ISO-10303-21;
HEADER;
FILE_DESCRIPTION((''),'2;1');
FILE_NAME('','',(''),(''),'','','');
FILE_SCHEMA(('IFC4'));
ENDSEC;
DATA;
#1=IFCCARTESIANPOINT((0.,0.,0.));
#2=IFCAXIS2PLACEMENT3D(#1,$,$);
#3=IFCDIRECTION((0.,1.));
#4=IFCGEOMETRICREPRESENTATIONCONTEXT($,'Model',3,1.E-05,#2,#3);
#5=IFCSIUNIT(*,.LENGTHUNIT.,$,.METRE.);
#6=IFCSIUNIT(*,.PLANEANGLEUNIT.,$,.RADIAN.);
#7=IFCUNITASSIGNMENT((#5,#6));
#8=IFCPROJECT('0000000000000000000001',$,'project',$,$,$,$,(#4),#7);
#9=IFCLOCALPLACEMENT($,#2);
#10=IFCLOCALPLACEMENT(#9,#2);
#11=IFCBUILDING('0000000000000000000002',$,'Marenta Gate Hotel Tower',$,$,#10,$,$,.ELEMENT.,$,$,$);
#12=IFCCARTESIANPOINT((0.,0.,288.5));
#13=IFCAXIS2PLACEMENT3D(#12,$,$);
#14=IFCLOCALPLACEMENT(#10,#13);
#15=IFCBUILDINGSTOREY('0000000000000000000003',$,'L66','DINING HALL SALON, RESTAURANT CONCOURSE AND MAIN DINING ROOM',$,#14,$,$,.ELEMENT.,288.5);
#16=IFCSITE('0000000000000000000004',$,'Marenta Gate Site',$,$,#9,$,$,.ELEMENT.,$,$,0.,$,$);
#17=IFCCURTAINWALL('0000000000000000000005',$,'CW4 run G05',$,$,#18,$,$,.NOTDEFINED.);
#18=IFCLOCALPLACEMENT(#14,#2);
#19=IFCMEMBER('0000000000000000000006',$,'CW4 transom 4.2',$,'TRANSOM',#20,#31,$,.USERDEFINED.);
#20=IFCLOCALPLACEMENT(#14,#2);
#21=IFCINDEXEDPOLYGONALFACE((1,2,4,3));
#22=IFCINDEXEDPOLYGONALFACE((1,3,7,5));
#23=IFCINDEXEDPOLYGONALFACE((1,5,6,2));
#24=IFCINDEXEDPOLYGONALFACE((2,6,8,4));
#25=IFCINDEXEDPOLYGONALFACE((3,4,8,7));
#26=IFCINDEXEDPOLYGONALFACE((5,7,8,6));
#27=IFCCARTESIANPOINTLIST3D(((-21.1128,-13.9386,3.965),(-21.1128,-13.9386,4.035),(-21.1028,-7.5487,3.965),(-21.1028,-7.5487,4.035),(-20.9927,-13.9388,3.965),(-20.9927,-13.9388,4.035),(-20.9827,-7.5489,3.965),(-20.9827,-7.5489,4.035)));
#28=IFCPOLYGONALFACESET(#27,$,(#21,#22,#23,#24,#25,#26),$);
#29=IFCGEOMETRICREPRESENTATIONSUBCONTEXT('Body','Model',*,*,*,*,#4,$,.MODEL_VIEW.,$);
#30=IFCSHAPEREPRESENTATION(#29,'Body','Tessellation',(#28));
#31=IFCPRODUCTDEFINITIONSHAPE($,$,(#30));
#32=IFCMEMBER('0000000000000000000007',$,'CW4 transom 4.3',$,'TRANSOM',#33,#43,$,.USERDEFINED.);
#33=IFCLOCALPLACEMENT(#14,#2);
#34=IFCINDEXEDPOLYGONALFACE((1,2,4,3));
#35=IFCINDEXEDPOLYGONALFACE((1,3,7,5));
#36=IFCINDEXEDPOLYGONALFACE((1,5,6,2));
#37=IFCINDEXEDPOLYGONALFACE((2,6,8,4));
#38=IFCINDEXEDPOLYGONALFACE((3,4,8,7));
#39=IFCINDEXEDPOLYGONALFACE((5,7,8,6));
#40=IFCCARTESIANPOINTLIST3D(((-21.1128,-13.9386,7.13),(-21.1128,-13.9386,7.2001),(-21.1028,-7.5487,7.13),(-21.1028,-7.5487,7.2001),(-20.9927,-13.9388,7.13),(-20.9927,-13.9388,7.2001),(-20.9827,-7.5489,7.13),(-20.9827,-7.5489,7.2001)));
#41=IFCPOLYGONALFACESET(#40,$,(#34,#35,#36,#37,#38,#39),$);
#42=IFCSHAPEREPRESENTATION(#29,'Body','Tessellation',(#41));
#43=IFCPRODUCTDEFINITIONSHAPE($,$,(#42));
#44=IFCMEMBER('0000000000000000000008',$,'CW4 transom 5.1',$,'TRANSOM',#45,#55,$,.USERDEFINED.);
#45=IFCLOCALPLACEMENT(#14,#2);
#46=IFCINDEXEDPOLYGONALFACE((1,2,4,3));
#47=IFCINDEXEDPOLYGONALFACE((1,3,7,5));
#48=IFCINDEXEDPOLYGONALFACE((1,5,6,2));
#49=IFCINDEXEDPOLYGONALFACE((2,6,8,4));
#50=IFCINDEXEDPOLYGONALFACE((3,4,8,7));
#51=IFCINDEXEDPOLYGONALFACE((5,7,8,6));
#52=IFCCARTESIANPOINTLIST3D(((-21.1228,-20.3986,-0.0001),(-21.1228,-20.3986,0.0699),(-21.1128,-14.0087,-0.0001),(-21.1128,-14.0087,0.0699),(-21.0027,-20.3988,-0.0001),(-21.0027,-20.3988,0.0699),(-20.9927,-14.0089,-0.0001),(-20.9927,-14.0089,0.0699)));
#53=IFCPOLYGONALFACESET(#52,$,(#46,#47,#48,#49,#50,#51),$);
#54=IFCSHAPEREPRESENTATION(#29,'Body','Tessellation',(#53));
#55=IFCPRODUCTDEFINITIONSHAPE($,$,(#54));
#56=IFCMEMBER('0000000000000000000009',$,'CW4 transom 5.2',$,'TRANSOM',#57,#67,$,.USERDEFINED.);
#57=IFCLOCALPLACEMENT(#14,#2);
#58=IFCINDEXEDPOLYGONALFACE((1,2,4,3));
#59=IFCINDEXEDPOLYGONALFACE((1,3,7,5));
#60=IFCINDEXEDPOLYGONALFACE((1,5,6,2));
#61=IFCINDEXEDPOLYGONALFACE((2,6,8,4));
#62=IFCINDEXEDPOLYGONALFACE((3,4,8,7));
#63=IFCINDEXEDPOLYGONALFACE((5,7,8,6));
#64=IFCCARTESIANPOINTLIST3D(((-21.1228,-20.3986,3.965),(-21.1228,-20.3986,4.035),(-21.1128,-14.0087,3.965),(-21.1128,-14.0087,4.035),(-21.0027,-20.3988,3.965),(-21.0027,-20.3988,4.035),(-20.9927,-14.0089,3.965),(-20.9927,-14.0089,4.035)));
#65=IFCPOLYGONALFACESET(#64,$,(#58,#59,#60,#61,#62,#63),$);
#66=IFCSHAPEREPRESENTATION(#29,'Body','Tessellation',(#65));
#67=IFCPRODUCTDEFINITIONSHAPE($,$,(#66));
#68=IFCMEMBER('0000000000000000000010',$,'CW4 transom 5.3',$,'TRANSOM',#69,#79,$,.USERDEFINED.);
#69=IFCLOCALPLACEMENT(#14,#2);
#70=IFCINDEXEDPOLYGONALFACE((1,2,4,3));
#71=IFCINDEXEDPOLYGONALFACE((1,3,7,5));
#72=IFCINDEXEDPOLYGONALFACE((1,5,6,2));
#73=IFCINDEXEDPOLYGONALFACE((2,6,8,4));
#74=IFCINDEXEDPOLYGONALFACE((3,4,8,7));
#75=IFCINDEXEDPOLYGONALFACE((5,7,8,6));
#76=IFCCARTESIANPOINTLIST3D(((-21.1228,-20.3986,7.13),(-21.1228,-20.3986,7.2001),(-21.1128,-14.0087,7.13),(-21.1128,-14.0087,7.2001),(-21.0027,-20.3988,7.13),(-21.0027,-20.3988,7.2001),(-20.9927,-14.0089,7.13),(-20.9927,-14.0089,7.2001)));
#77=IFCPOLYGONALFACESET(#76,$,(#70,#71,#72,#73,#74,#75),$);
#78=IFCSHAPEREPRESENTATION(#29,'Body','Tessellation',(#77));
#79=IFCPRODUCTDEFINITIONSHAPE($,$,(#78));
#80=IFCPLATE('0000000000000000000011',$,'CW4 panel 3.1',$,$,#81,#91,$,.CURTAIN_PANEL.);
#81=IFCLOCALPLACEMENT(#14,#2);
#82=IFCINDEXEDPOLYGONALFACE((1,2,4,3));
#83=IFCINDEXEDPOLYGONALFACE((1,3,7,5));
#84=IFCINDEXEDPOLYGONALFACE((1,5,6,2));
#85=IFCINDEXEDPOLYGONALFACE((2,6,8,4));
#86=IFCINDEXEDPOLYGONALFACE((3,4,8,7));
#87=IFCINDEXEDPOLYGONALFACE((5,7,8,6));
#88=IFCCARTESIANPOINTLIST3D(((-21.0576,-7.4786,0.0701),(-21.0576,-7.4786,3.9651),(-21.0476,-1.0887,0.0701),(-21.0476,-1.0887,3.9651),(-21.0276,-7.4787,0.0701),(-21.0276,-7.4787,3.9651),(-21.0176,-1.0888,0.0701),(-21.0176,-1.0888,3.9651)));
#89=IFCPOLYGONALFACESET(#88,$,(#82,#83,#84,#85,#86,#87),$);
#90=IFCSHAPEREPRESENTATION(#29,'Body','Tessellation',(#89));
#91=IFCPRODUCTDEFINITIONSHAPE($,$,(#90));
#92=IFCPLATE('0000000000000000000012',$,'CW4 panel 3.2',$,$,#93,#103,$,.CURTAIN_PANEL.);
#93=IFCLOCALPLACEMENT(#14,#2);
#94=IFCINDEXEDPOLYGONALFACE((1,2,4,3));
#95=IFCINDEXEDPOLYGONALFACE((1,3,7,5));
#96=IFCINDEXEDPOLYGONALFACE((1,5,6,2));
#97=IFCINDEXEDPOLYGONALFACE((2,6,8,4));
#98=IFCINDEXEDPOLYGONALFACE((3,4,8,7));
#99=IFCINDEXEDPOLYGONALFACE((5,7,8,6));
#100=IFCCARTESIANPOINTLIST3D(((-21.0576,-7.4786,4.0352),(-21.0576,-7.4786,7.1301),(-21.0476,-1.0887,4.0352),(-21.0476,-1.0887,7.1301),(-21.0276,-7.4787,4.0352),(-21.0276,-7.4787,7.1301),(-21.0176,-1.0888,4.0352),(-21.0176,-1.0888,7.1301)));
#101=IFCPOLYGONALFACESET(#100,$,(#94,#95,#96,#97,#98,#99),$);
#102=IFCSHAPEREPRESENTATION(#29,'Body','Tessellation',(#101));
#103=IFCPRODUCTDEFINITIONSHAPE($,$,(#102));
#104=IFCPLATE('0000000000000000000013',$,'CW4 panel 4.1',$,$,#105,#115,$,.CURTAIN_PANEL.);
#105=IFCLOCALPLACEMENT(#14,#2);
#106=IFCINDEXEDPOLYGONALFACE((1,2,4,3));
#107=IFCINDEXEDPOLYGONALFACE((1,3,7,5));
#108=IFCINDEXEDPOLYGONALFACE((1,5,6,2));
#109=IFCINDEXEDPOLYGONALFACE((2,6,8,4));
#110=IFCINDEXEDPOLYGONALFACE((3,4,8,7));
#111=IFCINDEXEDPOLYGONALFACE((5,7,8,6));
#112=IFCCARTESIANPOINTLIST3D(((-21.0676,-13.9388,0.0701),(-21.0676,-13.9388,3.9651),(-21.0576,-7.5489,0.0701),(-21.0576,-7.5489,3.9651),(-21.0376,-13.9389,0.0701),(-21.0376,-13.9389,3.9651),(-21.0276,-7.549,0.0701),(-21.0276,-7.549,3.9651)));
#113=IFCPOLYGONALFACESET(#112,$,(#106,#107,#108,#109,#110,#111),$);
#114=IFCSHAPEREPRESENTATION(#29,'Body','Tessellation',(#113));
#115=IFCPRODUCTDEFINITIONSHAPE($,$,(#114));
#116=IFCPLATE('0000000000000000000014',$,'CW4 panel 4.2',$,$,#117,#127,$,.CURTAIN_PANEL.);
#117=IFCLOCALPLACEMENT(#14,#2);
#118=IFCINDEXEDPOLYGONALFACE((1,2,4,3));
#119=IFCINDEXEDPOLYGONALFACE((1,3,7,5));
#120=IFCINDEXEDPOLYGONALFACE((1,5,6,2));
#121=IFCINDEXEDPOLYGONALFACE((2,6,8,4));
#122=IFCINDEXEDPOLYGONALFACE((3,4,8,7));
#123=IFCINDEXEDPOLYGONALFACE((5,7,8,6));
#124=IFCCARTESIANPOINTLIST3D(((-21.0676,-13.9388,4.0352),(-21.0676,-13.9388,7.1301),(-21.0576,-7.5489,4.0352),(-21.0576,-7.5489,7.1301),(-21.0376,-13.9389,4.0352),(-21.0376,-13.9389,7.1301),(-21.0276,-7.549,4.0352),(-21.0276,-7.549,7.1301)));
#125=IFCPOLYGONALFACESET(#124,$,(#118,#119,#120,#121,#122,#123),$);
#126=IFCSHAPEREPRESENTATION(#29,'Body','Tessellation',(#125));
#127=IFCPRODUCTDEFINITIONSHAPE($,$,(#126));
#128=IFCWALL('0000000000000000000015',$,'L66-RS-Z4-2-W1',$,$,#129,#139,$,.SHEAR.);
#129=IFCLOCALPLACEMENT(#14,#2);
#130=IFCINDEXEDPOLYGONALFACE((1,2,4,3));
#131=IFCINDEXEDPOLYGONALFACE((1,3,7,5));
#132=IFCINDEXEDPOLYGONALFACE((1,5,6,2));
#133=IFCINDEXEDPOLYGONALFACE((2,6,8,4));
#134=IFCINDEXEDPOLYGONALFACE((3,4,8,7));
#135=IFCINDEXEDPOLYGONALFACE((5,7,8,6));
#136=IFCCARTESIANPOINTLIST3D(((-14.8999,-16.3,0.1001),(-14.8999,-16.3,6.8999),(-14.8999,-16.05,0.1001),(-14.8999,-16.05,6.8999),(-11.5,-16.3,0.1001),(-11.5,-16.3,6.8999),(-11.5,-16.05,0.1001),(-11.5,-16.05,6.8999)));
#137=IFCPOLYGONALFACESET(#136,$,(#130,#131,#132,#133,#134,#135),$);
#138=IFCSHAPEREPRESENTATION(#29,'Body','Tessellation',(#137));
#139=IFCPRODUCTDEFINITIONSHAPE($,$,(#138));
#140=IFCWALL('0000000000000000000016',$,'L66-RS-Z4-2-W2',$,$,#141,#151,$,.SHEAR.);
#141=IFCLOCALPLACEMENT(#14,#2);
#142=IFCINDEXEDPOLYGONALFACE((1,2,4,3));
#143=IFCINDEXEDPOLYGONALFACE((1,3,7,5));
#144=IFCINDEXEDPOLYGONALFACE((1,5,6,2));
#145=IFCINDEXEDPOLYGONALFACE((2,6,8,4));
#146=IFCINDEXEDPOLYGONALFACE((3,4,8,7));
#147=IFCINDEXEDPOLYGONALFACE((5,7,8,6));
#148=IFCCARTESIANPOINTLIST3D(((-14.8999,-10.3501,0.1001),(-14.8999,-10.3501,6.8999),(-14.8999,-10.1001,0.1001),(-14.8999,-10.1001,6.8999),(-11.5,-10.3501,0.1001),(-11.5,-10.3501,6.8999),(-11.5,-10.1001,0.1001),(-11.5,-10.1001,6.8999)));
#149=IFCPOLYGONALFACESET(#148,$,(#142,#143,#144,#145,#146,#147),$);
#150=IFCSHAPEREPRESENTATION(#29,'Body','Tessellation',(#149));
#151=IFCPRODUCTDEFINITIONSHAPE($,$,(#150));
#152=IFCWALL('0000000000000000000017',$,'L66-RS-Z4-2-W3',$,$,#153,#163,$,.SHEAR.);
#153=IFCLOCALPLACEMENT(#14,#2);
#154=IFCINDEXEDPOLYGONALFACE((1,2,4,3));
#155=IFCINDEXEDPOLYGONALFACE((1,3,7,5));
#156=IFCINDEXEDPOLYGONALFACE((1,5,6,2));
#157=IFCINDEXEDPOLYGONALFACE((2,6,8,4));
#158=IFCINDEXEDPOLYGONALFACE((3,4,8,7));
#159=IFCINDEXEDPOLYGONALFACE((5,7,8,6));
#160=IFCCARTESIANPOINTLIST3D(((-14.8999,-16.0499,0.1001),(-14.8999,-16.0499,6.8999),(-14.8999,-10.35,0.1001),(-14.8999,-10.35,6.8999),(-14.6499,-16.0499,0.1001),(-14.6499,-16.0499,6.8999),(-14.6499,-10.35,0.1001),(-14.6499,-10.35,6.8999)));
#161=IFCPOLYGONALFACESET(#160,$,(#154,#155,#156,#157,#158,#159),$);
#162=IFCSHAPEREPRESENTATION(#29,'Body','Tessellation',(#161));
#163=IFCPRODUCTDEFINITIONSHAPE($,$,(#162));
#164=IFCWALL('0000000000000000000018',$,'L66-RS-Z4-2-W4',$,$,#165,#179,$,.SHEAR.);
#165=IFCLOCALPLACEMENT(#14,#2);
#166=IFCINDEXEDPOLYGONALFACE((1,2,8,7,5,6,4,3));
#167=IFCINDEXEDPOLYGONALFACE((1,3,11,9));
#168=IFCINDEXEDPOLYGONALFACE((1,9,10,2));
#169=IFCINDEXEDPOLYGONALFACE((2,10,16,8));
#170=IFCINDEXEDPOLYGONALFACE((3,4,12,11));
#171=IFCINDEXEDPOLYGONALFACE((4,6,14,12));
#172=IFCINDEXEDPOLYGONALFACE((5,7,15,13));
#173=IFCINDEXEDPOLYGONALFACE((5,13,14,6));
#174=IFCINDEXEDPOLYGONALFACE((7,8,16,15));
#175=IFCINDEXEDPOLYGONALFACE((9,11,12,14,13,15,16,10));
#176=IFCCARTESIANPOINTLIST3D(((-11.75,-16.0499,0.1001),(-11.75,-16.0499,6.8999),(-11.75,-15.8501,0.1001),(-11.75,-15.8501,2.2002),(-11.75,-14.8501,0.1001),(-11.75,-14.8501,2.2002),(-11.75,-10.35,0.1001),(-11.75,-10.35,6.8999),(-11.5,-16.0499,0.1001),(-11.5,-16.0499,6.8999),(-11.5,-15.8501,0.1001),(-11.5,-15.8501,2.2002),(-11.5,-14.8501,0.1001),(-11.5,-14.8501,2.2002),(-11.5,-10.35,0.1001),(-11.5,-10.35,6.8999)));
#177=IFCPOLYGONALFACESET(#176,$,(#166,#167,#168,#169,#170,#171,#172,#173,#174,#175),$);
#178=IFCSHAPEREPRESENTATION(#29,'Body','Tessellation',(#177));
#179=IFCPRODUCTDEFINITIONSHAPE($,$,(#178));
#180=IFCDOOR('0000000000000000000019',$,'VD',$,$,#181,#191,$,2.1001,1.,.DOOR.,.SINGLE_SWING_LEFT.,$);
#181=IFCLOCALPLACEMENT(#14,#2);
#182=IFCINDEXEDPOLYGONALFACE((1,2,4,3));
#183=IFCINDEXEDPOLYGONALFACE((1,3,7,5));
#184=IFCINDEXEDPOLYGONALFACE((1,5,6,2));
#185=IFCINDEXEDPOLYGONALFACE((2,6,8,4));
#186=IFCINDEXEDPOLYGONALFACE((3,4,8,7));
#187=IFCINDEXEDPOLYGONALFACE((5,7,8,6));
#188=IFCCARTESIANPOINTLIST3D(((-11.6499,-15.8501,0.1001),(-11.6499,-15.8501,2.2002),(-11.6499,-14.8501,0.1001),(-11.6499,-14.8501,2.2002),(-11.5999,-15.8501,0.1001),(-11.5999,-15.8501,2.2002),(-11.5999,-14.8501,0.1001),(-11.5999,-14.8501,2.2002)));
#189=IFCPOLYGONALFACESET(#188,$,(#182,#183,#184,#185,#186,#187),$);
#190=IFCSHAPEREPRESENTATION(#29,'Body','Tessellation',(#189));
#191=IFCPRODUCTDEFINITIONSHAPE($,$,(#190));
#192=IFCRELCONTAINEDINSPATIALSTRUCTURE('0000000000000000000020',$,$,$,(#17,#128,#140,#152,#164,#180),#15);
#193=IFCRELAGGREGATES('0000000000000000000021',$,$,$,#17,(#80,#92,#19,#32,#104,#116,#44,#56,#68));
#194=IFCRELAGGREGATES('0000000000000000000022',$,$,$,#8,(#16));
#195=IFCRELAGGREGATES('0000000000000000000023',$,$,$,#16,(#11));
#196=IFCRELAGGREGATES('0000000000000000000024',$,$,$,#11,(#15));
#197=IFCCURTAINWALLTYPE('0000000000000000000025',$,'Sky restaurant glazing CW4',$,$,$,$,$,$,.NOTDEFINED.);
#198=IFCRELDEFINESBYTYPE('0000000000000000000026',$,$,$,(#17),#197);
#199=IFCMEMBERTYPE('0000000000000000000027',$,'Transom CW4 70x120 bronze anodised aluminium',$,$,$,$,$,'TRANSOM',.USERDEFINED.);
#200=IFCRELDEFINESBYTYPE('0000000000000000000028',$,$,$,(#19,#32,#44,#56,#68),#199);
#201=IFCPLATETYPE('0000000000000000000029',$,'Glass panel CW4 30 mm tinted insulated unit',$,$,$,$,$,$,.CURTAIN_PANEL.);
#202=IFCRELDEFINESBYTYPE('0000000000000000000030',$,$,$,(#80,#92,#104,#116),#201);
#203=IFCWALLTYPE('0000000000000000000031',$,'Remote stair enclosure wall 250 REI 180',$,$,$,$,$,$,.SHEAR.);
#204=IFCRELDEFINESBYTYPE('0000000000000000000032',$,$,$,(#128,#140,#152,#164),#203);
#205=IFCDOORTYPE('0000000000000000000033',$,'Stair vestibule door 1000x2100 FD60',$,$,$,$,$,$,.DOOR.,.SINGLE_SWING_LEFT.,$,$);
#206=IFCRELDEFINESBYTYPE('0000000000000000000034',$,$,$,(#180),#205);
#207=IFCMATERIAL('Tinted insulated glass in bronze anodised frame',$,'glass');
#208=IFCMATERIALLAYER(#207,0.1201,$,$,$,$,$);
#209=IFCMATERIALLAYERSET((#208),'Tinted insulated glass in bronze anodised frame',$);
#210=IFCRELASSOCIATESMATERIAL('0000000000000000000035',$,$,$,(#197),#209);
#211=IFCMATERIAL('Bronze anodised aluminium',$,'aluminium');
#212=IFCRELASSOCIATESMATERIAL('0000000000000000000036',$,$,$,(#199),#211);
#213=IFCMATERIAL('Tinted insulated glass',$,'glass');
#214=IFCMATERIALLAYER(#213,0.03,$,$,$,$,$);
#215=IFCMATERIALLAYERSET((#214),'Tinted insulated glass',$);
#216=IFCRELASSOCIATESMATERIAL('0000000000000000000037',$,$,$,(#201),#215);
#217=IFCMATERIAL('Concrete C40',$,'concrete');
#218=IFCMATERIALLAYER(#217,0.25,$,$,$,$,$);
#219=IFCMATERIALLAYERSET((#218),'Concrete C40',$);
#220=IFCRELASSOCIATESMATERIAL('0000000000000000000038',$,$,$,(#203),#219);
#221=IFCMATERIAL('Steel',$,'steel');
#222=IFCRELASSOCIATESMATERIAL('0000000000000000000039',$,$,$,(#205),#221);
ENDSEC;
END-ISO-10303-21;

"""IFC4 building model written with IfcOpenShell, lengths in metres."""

from ifc_helpers import new_model, si_unit, direction, frame, frame_2d, origin, origin_2d, place, context, subcontext, project, spatial, rectangle, extrude, material, layer, layer_set, material_profile, profile_set, type_object, element, fill, aggregate, save


model = new_model("IFC4")

# Units and contexts
model_context = context("Model", 3, precision=1e-05, world=origin(), true_north=direction((0.0, 1.0)))
body_context = subcontext(model_context, "Body", "Model", "MODEL_VIEW")
ifc_project = project(units=[si_unit("LENGTHUNIT", "METRE"), si_unit("PLANEANGLEUNIT", "RADIAN")], contexts=[model_context])

# Site, building, storey
site_placement = place(None, origin())
site = spatial("IfcSite", under=ifc_project, at=site_placement, Name="Marenta Gate Site", CompositionType="ELEMENT", RefElevation=0.0)
building_placement = place(site_placement, origin())
building = spatial("IfcBuilding", under=site, at=building_placement, Name="Marenta Gate Hotel Tower", CompositionType="ELEMENT")
storey_placement = place(building_placement, frame((0.0, 0.0, 288.5)))
storey = spatial("IfcBuildingStorey", under=building, at=storey_placement, Name="L66", Description="DINING HALL SALON, RESTAURANT CONCOURSE AND MAIN DINING ROOM", CompositionType="ELEMENT", Elevation=288.5)

# Curtain wall, members, plates
ifc_material_1 = material(Name="Tinted insulated glass in bronze anodised frame", Category="glass")
ifc_layer_1 = layer(ifc_material_1, 0.1201)
ifc_layer_set_1 = layer_set([ifc_layer_1], Name="Tinted insulated glass in bronze anodised frame")
curtain_wall_type = type_object("IfcCurtainWallType", Name="Sky restaurant glazing CW4", PredefinedType="NOTDEFINED", material=ifc_layer_set_1)
curtain_wall_placement = place(storey_placement, origin())
curtain_wall = element("IfcCurtainWall", 1, at=curtain_wall_placement, inside=storey, type_object=curtain_wall_type, Name="CW4 run G05", PredefinedType="NOTDEFINED")
ifc_material_2 = material(Name="Bronze anodised aluminium", Category="aluminium")
ifc_material_profile_1 = material_profile(ifc_material_2, rectangle(XDim=0.1201, YDim=0.0701, at=origin_2d()), Name="Transom CW4 70x120 bronze anodised aluminium")
ifc_profile_set_1 = profile_set([ifc_material_profile_1], Name="Bronze anodised aluminium")
member_type_1 = type_object("IfcMemberType", Name="Transom CW4 70x120 bronze anodised aluminium", ElementType="TRANSOM", PredefinedType="USERDEFINED", material=ifc_profile_set_1)
member_1_placement = place(storey_placement, frame((-21.0427, -7.5488, 4.0), z_axis=(-0.001566, -0.999999, 0.0), x_axis=(0.999999, -0.001566, 0.0)))
member_1 = element("IfcMember", 2, at=member_1_placement, type_object=member_type_1, Name="CW4 transom 4.2", ObjectType="TRANSOM", PredefinedType="USERDEFINED", context=body_context, shape_type="SweptSolid", body=[
    extrude(rectangle(XDim=0.1201, YDim=0.0701, at=origin_2d()), origin(), (0.0, 0.0, 1.0), 6.3899),
])
member_2_placement = place(storey_placement, frame((-21.0427, -7.5488, 7.165), z_axis=(-0.001566, -0.999999, 0.0), x_axis=(0.999999, -0.001566, 0.0)))
member_2 = element("IfcMember", 3, at=member_2_placement, type_object=member_type_1, Name="CW4 transom 4.3", ObjectType="TRANSOM", PredefinedType="USERDEFINED", context=body_context, shape_type="SweptSolid", body=[
    extrude(rectangle(XDim=0.1201, YDim=0.0701, at=origin_2d()), origin(), (0.0, 0.0, 1.0), 6.3899),
])
member_3_placement = place(storey_placement, frame((-21.0527, -14.0088, 0.0349), z_axis=(-0.001566, -0.999999, 0.0), x_axis=(0.999999, -0.001566, 0.0)))
member_3 = element("IfcMember", 4, at=member_3_placement, type_object=member_type_1, Name="CW4 transom 5.1", ObjectType="TRANSOM", PredefinedType="USERDEFINED", context=body_context, shape_type="SweptSolid", body=[
    extrude(rectangle(XDim=0.1201, YDim=0.0701, at=origin_2d()), origin(), (0.0, 0.0, 1.0), 6.3899),
])
member_4_placement = place(storey_placement, frame((-21.0527, -14.0088, 4.0), z_axis=(-0.001566, -0.999999, 0.0), x_axis=(0.999999, -0.001566, 0.0)))
member_4 = element("IfcMember", 5, at=member_4_placement, type_object=member_type_1, Name="CW4 transom 5.2", ObjectType="TRANSOM", PredefinedType="USERDEFINED", context=body_context, shape_type="SweptSolid", body=[
    extrude(rectangle(XDim=0.1201, YDim=0.0701, at=origin_2d()), origin(), (0.0, 0.0, 1.0), 6.3899),
])
member_5_placement = place(storey_placement, frame((-21.0527, -14.0088, 7.165), z_axis=(-0.001566, -0.999999, 0.0), x_axis=(0.999999, -0.001566, 0.0)))
member_5 = element("IfcMember", 6, at=member_5_placement, type_object=member_type_1, Name="CW4 transom 5.3", ObjectType="TRANSOM", PredefinedType="USERDEFINED", context=body_context, shape_type="SweptSolid", body=[
    extrude(rectangle(XDim=0.1201, YDim=0.0701, at=origin_2d()), origin(), (0.0, 0.0, 1.0), 6.3899),
])
ifc_material_3 = material(Name="Tinted insulated glass", Category="glass")
ifc_layer_2 = layer(ifc_material_3, 0.03)
ifc_layer_set_2 = layer_set([ifc_layer_2], Name="Tinted insulated glass")
plate_type = type_object("IfcPlateType", Name="Glass panel CW4 30 mm tinted insulated unit", PredefinedType="CURTAIN_PANEL", material=ifc_layer_set_2)
plate_1_placement = place(storey_placement, frame((-21.0376, -4.2837, 0.0701), z_axis=(0.0, 0.0, 1.0), x_axis=(-0.001566, -0.999999, 0.0)))
plate_1 = element("IfcPlate", 7, at=plate_1_placement, type_object=plate_type, Name="CW4 panel 3.1", PredefinedType="CURTAIN_PANEL", context=body_context, shape_type="SweptSolid", body=[
    extrude(rectangle(XDim=6.3899, YDim=0.03, at=origin_2d()), origin(), (0.0, 0.0, 1.0), 3.895),
])
plate_2_placement = place(storey_placement, frame((-21.0376, -4.2837, 4.0352), z_axis=(0.0, 0.0, 1.0), x_axis=(-0.001566, -0.999999, 0.0)))
plate_2 = element("IfcPlate", 8, at=plate_2_placement, type_object=plate_type, Name="CW4 panel 3.2", PredefinedType="CURTAIN_PANEL", context=body_context, shape_type="SweptSolid", body=[
    extrude(rectangle(XDim=6.3899, YDim=0.03, at=origin_2d()), origin(), (0.0, 0.0, 1.0), 3.095),
])
plate_3_placement = place(storey_placement, frame((-21.0476, -10.7439, 0.0701), z_axis=(0.0, 0.0, 1.0), x_axis=(-0.001566, -0.999999, 0.0)))
plate_3 = element("IfcPlate", 9, at=plate_3_placement, type_object=plate_type, Name="CW4 panel 4.1", PredefinedType="CURTAIN_PANEL", context=body_context, shape_type="SweptSolid", body=[
    extrude(rectangle(XDim=6.3899, YDim=0.03, at=origin_2d()), origin(), (0.0, 0.0, 1.0), 3.895),
])
plate_4_placement = place(storey_placement, frame((-21.0476, -10.7439, 4.0352), z_axis=(0.0, 0.0, 1.0), x_axis=(-0.001566, -0.999999, 0.0)))
plate_4 = element("IfcPlate", 10, at=plate_4_placement, type_object=plate_type, Name="CW4 panel 4.2", PredefinedType="CURTAIN_PANEL", context=body_context, shape_type="SweptSolid", body=[
    extrude(rectangle(XDim=6.3899, YDim=0.03, at=origin_2d()), origin(), (0.0, 0.0, 1.0), 3.095),
])
aggregate(curtain_wall, [plate_1, plate_2, member_1, member_2, plate_3, plate_4, member_3, member_4, member_5])

# Walls
ifc_material_4 = material(Name="Concrete C40", Category="concrete")
ifc_layer_3 = layer(ifc_material_4, 0.25)
ifc_layer_set_3 = layer_set([ifc_layer_3], Name="Concrete C40")
wall_type_1 = type_object("IfcWallType", Name="Remote stair enclosure wall 250 REI 180", PredefinedType="SHEAR", material=ifc_layer_set_3)
for number, where, z_axis, x_axis, name in (
    (11, (-14.8999, -16.175, 0.1001), (0.0, 0.0, 1.0), (1.0, 0.0, 0.0), "L66-RS-Z4-2-W1"),
    (12, (-14.8999, -10.2251, 0.1001), (0.0, 0.0, 1.0), (1.0, 0.0, 0.0), "L66-RS-Z4-2-W2"),
):
    element("IfcWall", number, at=place(storey_placement, frame(where, z_axis=z_axis, x_axis=x_axis)), inside=storey, type_object=wall_type_1, Name=name, PredefinedType="SHEAR", context=body_context, shape_type="SweptSolid", body=[
        extrude(rectangle(XDim=3.3999, YDim=0.25, at=frame_2d((1.7, 0.0))), origin(), (0.0, 0.0, 1.0), 6.7998),
    ])
wall_1_placement = place(storey_placement, frame((-14.7749, -16.05, 0.1001), z_axis=(0.0, 0.0, 1.0), x_axis=(0.0, 1.0, 0.0)))
element("IfcWall", 13, at=wall_1_placement, inside=storey, type_object=wall_type_1, Name="L66-RS-Z4-2-W3", PredefinedType="SHEAR", context=body_context, shape_type="SweptSolid", body=[
    extrude(rectangle(XDim=5.7, YDim=0.25, at=frame_2d((2.8501, 0.0))), origin(), (0.0, 0.0, 1.0), 6.7998),
])

# Wall, opening, door
wall_2_placement = place(storey_placement, frame((-11.625, -16.05, 0.1001), z_axis=(0.0, 0.0, 1.0), x_axis=(0.0, 1.0, 0.0)))
wall_2 = element("IfcWall", 14, at=wall_2_placement, inside=storey, type_object=wall_type_1, Name="L66-RS-Z4-2-W4", PredefinedType="SHEAR", context=body_context, shape_type="SweptSolid", body=[
    extrude(rectangle(XDim=5.7, YDim=0.25, at=frame_2d((2.8501, 0.0))), origin(), (0.0, 0.0, 1.0), 6.7998),
])
opening_1_placement = place(wall_2_placement, frame((0.2, 0.0, 0.0)))
opening_1 = element("IfcOpeningElement", 15, at=opening_1_placement, cuts=wall_2, PredefinedType="OPENING", context=body_context, shape_type="SweptSolid", body=[
    extrude(rectangle(XDim=1.0, YDim=2.1001, at=frame_2d((0.5, 1.05))), frame((0.0, 0.125, 0.0), z_axis=(0.0, -1.0, 0.0), x_axis=(1.0, 0.0, 0.0)), (0.0, 0.0, 1.0), 0.25),
])
ifc_material_5 = material(Name="Steel", Category="steel")
door_type_1 = type_object("IfcDoorType", Name="Stair vestibule door 1000x2100 FD60", OperationType="SINGLE_SWING_LEFT", PredefinedType="DOOR", material=ifc_material_5)
door_1_placement = place(opening_1_placement, origin())
door_1 = element("IfcDoor", 16, at=door_1_placement, inside=storey, type_object=door_type_1, Name="VD", OperationType="SINGLE_SWING_LEFT", OverallHeight=2.1001, OverallWidth=1.0, PredefinedType="DOOR", context=body_context, shape_type="SweptSolid", body=[
    extrude(rectangle(XDim=1.0, YDim=2.1001, at=frame_2d((0.5, 1.05))), frame((0.0, 0.0249, 0.0), z_axis=(0.0, -1.0, 0.0), x_axis=(1.0, 0.0, 0.0)), (0.0, 0.0, 1.0), 0.05),
])
fill(opening_1, door_1)

save(model, "model.ifc")
